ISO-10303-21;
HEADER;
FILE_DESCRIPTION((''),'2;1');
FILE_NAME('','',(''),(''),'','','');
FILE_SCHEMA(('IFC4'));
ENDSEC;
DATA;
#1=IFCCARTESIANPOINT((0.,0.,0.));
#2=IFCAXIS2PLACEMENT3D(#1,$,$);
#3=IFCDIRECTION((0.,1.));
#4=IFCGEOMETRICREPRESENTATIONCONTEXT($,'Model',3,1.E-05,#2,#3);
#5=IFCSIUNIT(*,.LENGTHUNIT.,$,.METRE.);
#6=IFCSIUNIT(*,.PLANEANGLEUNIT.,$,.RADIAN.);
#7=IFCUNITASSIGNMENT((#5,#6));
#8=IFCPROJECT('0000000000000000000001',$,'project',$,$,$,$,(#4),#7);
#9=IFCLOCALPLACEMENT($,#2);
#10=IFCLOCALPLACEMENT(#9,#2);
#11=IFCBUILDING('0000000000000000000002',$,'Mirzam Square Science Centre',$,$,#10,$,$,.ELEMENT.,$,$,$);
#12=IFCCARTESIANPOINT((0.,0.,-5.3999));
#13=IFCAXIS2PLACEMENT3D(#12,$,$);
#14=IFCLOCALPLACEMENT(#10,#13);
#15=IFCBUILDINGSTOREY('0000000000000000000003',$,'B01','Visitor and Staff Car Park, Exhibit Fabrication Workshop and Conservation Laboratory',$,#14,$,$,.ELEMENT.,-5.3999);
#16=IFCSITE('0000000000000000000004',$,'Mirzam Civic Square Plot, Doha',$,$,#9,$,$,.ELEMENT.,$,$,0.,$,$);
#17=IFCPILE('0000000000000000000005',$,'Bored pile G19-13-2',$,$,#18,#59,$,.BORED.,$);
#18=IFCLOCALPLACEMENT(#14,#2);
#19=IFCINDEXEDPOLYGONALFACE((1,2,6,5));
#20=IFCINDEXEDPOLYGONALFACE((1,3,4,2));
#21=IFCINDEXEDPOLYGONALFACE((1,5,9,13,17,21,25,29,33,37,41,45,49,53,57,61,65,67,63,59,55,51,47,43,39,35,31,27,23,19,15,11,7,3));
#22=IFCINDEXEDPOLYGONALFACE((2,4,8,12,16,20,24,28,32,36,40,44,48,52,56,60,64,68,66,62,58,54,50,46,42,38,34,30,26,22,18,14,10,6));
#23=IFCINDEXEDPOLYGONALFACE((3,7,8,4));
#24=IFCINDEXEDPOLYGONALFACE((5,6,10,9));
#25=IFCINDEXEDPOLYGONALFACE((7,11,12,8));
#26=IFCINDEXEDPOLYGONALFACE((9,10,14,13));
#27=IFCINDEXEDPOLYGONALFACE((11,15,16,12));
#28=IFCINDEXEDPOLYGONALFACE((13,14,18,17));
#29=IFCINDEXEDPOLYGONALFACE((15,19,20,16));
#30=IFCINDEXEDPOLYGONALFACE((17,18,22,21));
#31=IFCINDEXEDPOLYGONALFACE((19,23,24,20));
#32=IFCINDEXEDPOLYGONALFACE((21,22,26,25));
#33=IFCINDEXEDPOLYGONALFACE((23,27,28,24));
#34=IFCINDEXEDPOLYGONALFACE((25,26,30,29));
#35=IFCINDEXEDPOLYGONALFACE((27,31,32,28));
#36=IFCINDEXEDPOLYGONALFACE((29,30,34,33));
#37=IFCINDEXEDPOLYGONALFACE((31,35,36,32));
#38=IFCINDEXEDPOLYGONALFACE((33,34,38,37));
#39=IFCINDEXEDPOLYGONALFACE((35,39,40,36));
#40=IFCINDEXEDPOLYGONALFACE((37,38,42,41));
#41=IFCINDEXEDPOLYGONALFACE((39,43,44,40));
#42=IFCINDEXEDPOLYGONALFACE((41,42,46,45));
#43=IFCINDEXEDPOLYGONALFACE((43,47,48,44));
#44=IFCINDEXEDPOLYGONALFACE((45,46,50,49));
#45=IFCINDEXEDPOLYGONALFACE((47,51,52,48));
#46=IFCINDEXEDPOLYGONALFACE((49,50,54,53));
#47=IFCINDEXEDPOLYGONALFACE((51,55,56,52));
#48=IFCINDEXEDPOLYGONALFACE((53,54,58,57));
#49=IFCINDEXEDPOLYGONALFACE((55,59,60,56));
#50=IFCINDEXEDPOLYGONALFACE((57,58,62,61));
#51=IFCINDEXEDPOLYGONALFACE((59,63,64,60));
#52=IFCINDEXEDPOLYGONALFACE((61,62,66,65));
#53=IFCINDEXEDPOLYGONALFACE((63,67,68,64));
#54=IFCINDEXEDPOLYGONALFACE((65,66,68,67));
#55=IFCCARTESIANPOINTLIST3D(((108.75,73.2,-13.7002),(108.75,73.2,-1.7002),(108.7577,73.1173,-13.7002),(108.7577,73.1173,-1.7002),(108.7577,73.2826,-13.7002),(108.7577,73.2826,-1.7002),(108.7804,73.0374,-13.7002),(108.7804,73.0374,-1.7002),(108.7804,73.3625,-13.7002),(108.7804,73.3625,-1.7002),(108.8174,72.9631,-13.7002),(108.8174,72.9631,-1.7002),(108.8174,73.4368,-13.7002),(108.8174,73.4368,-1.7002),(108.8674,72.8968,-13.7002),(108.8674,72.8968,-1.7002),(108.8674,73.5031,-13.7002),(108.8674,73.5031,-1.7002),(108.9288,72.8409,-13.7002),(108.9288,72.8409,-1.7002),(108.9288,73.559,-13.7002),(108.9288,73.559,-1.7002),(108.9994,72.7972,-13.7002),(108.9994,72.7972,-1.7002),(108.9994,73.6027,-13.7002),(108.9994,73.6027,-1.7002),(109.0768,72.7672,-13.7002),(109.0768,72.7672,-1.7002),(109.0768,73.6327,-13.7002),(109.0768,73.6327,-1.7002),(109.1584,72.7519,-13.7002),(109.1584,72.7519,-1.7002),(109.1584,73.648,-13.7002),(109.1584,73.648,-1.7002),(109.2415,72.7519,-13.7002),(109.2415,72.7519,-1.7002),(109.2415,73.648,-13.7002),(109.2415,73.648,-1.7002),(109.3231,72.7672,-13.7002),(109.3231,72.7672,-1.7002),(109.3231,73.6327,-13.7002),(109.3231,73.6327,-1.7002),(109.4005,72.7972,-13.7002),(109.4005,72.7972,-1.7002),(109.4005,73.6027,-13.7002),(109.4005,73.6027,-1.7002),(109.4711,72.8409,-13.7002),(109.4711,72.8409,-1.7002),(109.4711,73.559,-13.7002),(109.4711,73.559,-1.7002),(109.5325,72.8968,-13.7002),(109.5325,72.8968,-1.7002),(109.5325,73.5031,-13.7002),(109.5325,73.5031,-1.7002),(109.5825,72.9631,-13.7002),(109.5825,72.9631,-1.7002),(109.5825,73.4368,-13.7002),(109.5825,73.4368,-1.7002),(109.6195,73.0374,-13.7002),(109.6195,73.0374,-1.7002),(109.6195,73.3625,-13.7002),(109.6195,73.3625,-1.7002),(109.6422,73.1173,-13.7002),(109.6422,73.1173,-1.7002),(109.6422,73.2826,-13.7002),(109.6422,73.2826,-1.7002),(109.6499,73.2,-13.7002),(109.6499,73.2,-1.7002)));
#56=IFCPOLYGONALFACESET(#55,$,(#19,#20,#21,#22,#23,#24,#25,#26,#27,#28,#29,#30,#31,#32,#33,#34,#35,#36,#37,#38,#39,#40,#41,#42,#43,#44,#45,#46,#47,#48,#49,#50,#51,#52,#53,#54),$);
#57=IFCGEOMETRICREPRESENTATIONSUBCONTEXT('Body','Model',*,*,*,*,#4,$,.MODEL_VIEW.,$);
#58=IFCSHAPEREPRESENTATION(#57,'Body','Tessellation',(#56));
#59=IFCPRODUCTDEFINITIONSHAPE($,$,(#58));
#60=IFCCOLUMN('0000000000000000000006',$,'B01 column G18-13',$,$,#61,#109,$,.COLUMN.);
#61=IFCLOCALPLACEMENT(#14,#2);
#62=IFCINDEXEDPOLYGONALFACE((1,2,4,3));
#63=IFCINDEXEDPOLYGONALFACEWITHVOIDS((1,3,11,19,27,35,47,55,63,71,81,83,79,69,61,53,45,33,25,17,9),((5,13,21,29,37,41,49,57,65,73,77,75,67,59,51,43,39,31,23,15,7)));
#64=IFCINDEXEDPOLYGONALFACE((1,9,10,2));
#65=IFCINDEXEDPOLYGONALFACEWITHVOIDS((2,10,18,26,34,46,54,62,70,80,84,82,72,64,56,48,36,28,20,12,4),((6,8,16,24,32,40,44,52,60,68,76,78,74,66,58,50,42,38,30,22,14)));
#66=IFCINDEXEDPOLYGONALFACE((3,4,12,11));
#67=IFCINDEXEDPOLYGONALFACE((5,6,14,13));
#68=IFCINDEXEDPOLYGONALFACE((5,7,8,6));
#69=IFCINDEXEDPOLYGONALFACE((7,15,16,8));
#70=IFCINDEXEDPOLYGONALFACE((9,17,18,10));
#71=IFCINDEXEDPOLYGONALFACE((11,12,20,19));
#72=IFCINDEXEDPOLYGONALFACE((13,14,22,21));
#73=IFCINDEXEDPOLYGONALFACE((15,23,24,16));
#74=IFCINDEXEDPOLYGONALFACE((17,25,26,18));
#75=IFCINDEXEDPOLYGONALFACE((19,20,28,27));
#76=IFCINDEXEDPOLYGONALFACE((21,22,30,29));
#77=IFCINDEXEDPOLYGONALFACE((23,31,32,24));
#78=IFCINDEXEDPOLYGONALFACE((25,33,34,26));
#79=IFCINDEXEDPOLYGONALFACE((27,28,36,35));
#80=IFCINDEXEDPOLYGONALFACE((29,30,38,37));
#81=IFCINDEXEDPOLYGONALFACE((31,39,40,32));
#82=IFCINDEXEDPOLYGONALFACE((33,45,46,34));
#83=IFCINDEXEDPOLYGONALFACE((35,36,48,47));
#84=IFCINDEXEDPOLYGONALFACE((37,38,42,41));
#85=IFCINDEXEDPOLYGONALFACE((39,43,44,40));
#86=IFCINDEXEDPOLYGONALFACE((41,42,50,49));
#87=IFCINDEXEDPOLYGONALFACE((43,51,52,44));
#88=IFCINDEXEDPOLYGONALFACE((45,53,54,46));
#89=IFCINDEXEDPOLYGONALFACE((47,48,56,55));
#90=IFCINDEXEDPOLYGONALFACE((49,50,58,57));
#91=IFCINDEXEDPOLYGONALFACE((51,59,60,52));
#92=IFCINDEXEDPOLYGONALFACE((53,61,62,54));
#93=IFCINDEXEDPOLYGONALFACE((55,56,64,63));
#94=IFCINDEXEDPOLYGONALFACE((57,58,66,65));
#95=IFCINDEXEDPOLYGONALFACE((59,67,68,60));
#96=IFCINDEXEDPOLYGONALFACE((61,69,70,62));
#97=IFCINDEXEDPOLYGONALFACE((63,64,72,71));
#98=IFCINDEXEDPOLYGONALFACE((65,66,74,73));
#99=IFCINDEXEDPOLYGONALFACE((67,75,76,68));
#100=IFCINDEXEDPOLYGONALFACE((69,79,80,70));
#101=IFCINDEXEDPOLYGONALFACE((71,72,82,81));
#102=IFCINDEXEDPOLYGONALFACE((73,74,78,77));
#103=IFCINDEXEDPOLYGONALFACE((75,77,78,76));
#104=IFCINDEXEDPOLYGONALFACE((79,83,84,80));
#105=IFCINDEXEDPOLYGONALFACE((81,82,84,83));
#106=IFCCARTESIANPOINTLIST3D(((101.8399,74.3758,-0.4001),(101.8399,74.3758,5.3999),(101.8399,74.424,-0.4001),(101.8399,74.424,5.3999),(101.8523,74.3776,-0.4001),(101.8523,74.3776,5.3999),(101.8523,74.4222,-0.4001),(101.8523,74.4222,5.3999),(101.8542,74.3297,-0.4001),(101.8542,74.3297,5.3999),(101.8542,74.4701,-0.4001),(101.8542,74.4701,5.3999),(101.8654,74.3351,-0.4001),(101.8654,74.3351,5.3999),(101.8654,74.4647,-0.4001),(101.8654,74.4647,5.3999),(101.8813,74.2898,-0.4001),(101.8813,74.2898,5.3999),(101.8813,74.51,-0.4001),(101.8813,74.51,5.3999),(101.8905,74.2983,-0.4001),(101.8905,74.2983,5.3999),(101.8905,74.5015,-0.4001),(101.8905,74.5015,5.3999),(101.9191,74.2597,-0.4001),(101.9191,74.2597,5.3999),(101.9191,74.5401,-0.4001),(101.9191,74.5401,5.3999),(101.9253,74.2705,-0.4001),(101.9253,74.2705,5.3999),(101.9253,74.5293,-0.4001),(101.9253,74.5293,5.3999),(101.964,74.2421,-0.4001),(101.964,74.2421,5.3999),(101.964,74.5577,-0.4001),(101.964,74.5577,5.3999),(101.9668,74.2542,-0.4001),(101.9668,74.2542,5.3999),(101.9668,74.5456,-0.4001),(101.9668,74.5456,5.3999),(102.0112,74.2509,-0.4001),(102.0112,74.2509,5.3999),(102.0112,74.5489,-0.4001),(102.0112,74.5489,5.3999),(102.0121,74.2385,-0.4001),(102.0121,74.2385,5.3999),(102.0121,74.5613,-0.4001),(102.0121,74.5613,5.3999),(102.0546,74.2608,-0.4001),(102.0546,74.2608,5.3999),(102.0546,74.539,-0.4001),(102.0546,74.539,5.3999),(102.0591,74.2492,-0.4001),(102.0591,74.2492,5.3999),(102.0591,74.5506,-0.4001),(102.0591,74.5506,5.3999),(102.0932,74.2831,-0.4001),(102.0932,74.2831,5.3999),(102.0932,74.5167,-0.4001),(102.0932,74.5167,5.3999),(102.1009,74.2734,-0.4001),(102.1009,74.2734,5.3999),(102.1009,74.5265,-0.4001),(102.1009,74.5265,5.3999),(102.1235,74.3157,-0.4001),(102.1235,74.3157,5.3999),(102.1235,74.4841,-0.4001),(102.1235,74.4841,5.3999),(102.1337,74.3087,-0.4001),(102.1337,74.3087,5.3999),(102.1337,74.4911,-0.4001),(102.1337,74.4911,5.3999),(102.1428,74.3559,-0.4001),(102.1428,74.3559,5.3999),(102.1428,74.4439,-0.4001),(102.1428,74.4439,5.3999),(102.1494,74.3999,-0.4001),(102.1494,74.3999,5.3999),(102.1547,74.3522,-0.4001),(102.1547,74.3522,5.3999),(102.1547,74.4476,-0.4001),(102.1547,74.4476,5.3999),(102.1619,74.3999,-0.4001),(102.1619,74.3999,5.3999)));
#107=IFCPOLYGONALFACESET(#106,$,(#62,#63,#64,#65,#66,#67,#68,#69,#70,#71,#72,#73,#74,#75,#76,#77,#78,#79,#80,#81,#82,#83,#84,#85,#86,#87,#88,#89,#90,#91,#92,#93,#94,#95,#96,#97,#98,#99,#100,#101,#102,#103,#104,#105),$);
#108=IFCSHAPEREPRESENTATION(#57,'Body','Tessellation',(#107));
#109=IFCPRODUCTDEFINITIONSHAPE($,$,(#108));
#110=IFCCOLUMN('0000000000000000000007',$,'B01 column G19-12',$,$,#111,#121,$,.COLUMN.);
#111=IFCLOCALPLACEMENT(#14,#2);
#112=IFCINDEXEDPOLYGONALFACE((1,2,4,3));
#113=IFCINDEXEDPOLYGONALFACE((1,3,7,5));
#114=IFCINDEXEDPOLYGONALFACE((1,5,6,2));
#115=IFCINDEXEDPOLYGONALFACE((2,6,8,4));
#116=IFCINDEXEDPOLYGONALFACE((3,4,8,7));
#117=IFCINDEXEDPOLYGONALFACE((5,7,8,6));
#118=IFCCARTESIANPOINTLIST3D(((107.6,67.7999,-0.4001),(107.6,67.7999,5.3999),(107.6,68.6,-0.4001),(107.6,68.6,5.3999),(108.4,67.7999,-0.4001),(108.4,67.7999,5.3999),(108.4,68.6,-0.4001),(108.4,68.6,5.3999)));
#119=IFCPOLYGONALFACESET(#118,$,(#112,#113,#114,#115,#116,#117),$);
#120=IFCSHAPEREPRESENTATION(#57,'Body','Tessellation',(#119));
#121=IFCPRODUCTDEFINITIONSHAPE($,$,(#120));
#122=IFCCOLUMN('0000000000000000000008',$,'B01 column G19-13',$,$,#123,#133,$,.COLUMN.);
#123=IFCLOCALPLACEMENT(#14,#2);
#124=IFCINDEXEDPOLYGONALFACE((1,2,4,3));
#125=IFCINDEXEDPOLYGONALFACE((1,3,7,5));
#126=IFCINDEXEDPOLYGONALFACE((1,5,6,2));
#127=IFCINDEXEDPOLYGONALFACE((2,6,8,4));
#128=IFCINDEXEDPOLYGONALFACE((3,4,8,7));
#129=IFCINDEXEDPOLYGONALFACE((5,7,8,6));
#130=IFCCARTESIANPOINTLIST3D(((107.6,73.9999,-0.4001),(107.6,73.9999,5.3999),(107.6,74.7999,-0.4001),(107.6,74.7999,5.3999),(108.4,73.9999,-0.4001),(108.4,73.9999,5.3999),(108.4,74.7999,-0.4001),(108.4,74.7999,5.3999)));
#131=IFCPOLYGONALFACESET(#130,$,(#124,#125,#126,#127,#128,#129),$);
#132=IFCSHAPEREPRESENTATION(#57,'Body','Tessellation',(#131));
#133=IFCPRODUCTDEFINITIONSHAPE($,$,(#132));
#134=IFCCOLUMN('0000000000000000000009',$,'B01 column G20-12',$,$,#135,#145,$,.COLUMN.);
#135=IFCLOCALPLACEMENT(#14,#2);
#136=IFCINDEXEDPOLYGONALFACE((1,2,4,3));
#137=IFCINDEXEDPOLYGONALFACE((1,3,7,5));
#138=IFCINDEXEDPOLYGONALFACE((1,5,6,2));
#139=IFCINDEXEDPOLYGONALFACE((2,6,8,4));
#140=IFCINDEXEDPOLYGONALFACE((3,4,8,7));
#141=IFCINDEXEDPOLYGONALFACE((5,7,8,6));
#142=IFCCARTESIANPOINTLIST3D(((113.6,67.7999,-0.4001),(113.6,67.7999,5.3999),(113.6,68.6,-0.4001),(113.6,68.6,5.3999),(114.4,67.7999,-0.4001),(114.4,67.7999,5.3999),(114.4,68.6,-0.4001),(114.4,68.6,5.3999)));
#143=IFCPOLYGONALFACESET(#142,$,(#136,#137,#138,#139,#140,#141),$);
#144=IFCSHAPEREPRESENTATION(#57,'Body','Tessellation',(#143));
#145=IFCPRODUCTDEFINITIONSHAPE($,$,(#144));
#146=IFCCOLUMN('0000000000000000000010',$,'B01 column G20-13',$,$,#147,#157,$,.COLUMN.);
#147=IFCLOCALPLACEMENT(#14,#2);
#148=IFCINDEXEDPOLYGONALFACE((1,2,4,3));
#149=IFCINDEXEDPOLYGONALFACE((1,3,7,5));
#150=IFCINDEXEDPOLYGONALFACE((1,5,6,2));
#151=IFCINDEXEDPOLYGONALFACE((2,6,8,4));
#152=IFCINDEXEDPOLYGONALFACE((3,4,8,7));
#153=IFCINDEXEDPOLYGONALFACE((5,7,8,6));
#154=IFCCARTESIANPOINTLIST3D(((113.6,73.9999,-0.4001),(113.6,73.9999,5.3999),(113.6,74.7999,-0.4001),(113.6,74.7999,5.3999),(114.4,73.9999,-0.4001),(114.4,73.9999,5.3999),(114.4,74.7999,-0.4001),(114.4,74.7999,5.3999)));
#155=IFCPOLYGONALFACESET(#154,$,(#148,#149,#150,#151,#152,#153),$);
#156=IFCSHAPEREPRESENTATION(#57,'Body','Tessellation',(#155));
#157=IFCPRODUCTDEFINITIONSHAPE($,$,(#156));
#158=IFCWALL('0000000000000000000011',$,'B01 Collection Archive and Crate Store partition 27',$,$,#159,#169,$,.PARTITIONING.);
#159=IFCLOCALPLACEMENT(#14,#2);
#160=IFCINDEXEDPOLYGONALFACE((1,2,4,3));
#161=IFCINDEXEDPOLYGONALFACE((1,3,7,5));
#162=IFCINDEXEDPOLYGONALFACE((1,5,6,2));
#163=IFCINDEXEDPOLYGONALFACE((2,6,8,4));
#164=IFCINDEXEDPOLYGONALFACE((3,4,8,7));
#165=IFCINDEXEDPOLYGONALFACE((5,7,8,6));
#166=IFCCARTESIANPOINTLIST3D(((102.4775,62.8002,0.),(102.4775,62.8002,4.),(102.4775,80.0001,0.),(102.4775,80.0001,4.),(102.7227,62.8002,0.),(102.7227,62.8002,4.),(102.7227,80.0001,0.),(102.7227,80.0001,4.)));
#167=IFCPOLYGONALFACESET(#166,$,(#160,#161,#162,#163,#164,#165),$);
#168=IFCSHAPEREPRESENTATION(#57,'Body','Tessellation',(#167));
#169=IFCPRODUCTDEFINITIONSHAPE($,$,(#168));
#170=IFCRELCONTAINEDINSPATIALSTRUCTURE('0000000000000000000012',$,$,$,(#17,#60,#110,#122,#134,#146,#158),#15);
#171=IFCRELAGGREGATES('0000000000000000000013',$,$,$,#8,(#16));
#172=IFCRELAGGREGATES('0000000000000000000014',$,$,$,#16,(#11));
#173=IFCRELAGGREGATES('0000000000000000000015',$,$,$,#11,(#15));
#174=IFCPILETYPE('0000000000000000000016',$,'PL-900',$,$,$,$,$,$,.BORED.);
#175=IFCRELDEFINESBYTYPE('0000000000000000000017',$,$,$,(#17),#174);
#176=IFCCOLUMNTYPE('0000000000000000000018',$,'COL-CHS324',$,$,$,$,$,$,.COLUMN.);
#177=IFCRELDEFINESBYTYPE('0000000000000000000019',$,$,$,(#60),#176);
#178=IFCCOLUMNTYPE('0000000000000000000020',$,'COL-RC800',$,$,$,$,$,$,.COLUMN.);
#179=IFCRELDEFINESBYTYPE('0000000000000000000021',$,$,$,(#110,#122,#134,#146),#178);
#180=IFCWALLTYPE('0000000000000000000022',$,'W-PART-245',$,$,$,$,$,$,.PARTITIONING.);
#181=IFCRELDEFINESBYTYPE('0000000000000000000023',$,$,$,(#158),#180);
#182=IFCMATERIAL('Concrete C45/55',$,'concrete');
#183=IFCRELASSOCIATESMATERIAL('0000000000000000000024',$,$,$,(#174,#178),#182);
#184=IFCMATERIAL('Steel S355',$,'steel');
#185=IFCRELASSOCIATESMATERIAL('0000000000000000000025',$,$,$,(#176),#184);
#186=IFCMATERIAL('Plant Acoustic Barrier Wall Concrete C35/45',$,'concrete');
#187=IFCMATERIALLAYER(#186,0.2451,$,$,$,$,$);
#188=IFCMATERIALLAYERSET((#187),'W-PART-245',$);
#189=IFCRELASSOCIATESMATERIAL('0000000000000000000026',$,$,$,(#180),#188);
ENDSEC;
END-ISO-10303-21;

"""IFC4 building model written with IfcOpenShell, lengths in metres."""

from ifc_helpers import new_model, si_unit, direction, frame, frame_2d, origin, origin_2d, place, context, subcontext, project, spatial, rectangle, circle, hollow_circle, extrude, material, layer, layer_set, material_profile, profile_set, type_object, element, save


model = new_model("IFC4")

# Units and contexts
model_context = context("Model", 3, precision=1e-05, world=origin(), true_north=direction((0.0, 1.0)))
body_context = subcontext(model_context, "Body", "Model", "MODEL_VIEW")
ifc_project = project(units=[si_unit("LENGTHUNIT", "METRE"), si_unit("PLANEANGLEUNIT", "RADIAN")], contexts=[model_context])

# Site, building, storey
site_placement = place(None, origin())
site = spatial("IfcSite", under=ifc_project, at=site_placement, Name="Mirzam Civic Square Plot, Doha", CompositionType="ELEMENT", RefElevation=0.0)
building_placement = place(site_placement, origin())
building = spatial("IfcBuilding", under=site, at=building_placement, Name="Mirzam Square Science Centre", CompositionType="ELEMENT")
storey_placement = place(building_placement, frame((0.0, 0.0, -5.3999)))
storey = spatial("IfcBuildingStorey", under=building, at=storey_placement, Name="B01", Description="Visitor and Staff Car Park, Exhibit Fabrication Workshop and Conservation Laboratory", CompositionType="ELEMENT", Elevation=-5.3999)

# Shared definitions
ifc_material_1 = material(Name="Concrete C45/55", Category="concrete")

# Pile
ifc_material_profile_1 = material_profile(ifc_material_1, circle(Radius=0.45, at=origin_2d()), Name="PILE-D900")
ifc_profile_set_1 = profile_set([ifc_material_profile_1], Name="Concrete C45/55")
pile_type_1 = type_object("IfcPileType", Name="PL-900", PredefinedType="BORED", material=ifc_profile_set_1)
for number, where, z_axis, x_axis, name in (
    (1, (109.2, 73.2, -1.7002), (0.0, 0.0, -1.0), (1.0, 0.0, 0.0), "Bored pile G19-13-2"),
):
    element("IfcPile", number, at=place(storey_placement, frame(where, z_axis=z_axis, x_axis=x_axis)), inside=storey, type_object=pile_type_1, Name=name, PredefinedType="BORED", context=body_context, shape_type="SweptSolid", body=[
        extrude(circle(Radius=0.45, at=origin_2d()), origin(), (0.0, 0.0, 1.0), 12.0),
    ])

# Columns
ifc_material_2 = material(Name="Steel S355", Category="steel")
ifc_material_profile_2 = material_profile(ifc_material_2, hollow_circle(Radius=0.1619, WallThickness=0.0125, at=origin_2d()), Name="323.9x12.5CHS")
ifc_profile_set_2 = profile_set([ifc_material_profile_2], Name="Steel S355")
column_type_1 = type_object("IfcColumnType", Name="COL-CHS324", PredefinedType="COLUMN", material=ifc_profile_set_2)
column_placement = place(storey_placement, frame((102.0, 74.3999, -0.4001), z_axis=(0.0, 0.0, 1.0), x_axis=(1.0, 0.0, 0.0)))
element("IfcColumn", 2, at=column_placement, inside=storey, type_object=column_type_1, Name="B01 column G18-13", PredefinedType="COLUMN", context=body_context, shape_type="SweptSolid", body=[
    extrude(hollow_circle(Radius=0.1619, WallThickness=0.0125, at=origin_2d()), origin(), (0.0, 0.0, 1.0), 5.8),
])
ifc_material_profile_3 = material_profile(ifc_material_1, rectangle(XDim=0.8, YDim=0.8, at=origin_2d()), Name="RC800x800")
ifc_profile_set_3 = profile_set([ifc_material_profile_3], Name="Concrete C45/55")
column_type_2 = type_object("IfcColumnType", Name="COL-RC800", PredefinedType="COLUMN", material=ifc_profile_set_3)
for number, where, z_axis, x_axis, name in (
    (3, (108.0, 68.2, -0.4001), (0.0, 0.0, 1.0), (1.0, 0.0, 0.0), "B01 column G19-12"),
    (4, (108.0, 74.3999, -0.4001), (0.0, 0.0, 1.0), (1.0, 0.0, 0.0), "B01 column G19-13"),
    (5, (114.0, 68.2, -0.4001), (0.0, 0.0, 1.0), (1.0, 0.0, 0.0), "B01 column G20-12"),
    (6, (114.0, 74.3999, -0.4001), (0.0, 0.0, 1.0), (1.0, 0.0, 0.0), "B01 column G20-13"),
):
    element("IfcColumn", number, at=place(storey_placement, frame(where, z_axis=z_axis, x_axis=x_axis)), inside=storey, type_object=column_type_2, Name=name, PredefinedType="COLUMN", context=body_context, shape_type="SweptSolid", body=[
        extrude(rectangle(XDim=0.8, YDim=0.8, at=origin_2d()), origin(), (0.0, 0.0, 1.0), 5.8),
    ])

# Wall
ifc_material_3 = material(Name="Plant Acoustic Barrier Wall Concrete C35/45", Category="concrete")
ifc_layer_1 = layer(ifc_material_3, 0.2451)
ifc_layer_set_1 = layer_set([ifc_layer_1], Name="W-PART-245")
wall_type = type_object("IfcWallType", Name="W-PART-245", PredefinedType="PARTITIONING", material=ifc_layer_set_1)
wall_placement = place(storey_placement, frame((102.6001, 62.8, 0.0), z_axis=(0.0, 0.0, 1.0), x_axis=(0.0, 1.0, 0.0)))
element("IfcWall", 7, at=wall_placement, inside=storey, type_object=wall_type, Name="B01 Collection Archive and Crate Store partition 27", PredefinedType="PARTITIONING", context=body_context, shape_type="SweptSolid", body=[
    extrude(rectangle(XDim=17.2, YDim=0.2451, at=frame_2d((8.6001, 0.0))), origin(), (0.0, 0.0, 1.0), 4.0),
])

save(model, "model.ifc")
